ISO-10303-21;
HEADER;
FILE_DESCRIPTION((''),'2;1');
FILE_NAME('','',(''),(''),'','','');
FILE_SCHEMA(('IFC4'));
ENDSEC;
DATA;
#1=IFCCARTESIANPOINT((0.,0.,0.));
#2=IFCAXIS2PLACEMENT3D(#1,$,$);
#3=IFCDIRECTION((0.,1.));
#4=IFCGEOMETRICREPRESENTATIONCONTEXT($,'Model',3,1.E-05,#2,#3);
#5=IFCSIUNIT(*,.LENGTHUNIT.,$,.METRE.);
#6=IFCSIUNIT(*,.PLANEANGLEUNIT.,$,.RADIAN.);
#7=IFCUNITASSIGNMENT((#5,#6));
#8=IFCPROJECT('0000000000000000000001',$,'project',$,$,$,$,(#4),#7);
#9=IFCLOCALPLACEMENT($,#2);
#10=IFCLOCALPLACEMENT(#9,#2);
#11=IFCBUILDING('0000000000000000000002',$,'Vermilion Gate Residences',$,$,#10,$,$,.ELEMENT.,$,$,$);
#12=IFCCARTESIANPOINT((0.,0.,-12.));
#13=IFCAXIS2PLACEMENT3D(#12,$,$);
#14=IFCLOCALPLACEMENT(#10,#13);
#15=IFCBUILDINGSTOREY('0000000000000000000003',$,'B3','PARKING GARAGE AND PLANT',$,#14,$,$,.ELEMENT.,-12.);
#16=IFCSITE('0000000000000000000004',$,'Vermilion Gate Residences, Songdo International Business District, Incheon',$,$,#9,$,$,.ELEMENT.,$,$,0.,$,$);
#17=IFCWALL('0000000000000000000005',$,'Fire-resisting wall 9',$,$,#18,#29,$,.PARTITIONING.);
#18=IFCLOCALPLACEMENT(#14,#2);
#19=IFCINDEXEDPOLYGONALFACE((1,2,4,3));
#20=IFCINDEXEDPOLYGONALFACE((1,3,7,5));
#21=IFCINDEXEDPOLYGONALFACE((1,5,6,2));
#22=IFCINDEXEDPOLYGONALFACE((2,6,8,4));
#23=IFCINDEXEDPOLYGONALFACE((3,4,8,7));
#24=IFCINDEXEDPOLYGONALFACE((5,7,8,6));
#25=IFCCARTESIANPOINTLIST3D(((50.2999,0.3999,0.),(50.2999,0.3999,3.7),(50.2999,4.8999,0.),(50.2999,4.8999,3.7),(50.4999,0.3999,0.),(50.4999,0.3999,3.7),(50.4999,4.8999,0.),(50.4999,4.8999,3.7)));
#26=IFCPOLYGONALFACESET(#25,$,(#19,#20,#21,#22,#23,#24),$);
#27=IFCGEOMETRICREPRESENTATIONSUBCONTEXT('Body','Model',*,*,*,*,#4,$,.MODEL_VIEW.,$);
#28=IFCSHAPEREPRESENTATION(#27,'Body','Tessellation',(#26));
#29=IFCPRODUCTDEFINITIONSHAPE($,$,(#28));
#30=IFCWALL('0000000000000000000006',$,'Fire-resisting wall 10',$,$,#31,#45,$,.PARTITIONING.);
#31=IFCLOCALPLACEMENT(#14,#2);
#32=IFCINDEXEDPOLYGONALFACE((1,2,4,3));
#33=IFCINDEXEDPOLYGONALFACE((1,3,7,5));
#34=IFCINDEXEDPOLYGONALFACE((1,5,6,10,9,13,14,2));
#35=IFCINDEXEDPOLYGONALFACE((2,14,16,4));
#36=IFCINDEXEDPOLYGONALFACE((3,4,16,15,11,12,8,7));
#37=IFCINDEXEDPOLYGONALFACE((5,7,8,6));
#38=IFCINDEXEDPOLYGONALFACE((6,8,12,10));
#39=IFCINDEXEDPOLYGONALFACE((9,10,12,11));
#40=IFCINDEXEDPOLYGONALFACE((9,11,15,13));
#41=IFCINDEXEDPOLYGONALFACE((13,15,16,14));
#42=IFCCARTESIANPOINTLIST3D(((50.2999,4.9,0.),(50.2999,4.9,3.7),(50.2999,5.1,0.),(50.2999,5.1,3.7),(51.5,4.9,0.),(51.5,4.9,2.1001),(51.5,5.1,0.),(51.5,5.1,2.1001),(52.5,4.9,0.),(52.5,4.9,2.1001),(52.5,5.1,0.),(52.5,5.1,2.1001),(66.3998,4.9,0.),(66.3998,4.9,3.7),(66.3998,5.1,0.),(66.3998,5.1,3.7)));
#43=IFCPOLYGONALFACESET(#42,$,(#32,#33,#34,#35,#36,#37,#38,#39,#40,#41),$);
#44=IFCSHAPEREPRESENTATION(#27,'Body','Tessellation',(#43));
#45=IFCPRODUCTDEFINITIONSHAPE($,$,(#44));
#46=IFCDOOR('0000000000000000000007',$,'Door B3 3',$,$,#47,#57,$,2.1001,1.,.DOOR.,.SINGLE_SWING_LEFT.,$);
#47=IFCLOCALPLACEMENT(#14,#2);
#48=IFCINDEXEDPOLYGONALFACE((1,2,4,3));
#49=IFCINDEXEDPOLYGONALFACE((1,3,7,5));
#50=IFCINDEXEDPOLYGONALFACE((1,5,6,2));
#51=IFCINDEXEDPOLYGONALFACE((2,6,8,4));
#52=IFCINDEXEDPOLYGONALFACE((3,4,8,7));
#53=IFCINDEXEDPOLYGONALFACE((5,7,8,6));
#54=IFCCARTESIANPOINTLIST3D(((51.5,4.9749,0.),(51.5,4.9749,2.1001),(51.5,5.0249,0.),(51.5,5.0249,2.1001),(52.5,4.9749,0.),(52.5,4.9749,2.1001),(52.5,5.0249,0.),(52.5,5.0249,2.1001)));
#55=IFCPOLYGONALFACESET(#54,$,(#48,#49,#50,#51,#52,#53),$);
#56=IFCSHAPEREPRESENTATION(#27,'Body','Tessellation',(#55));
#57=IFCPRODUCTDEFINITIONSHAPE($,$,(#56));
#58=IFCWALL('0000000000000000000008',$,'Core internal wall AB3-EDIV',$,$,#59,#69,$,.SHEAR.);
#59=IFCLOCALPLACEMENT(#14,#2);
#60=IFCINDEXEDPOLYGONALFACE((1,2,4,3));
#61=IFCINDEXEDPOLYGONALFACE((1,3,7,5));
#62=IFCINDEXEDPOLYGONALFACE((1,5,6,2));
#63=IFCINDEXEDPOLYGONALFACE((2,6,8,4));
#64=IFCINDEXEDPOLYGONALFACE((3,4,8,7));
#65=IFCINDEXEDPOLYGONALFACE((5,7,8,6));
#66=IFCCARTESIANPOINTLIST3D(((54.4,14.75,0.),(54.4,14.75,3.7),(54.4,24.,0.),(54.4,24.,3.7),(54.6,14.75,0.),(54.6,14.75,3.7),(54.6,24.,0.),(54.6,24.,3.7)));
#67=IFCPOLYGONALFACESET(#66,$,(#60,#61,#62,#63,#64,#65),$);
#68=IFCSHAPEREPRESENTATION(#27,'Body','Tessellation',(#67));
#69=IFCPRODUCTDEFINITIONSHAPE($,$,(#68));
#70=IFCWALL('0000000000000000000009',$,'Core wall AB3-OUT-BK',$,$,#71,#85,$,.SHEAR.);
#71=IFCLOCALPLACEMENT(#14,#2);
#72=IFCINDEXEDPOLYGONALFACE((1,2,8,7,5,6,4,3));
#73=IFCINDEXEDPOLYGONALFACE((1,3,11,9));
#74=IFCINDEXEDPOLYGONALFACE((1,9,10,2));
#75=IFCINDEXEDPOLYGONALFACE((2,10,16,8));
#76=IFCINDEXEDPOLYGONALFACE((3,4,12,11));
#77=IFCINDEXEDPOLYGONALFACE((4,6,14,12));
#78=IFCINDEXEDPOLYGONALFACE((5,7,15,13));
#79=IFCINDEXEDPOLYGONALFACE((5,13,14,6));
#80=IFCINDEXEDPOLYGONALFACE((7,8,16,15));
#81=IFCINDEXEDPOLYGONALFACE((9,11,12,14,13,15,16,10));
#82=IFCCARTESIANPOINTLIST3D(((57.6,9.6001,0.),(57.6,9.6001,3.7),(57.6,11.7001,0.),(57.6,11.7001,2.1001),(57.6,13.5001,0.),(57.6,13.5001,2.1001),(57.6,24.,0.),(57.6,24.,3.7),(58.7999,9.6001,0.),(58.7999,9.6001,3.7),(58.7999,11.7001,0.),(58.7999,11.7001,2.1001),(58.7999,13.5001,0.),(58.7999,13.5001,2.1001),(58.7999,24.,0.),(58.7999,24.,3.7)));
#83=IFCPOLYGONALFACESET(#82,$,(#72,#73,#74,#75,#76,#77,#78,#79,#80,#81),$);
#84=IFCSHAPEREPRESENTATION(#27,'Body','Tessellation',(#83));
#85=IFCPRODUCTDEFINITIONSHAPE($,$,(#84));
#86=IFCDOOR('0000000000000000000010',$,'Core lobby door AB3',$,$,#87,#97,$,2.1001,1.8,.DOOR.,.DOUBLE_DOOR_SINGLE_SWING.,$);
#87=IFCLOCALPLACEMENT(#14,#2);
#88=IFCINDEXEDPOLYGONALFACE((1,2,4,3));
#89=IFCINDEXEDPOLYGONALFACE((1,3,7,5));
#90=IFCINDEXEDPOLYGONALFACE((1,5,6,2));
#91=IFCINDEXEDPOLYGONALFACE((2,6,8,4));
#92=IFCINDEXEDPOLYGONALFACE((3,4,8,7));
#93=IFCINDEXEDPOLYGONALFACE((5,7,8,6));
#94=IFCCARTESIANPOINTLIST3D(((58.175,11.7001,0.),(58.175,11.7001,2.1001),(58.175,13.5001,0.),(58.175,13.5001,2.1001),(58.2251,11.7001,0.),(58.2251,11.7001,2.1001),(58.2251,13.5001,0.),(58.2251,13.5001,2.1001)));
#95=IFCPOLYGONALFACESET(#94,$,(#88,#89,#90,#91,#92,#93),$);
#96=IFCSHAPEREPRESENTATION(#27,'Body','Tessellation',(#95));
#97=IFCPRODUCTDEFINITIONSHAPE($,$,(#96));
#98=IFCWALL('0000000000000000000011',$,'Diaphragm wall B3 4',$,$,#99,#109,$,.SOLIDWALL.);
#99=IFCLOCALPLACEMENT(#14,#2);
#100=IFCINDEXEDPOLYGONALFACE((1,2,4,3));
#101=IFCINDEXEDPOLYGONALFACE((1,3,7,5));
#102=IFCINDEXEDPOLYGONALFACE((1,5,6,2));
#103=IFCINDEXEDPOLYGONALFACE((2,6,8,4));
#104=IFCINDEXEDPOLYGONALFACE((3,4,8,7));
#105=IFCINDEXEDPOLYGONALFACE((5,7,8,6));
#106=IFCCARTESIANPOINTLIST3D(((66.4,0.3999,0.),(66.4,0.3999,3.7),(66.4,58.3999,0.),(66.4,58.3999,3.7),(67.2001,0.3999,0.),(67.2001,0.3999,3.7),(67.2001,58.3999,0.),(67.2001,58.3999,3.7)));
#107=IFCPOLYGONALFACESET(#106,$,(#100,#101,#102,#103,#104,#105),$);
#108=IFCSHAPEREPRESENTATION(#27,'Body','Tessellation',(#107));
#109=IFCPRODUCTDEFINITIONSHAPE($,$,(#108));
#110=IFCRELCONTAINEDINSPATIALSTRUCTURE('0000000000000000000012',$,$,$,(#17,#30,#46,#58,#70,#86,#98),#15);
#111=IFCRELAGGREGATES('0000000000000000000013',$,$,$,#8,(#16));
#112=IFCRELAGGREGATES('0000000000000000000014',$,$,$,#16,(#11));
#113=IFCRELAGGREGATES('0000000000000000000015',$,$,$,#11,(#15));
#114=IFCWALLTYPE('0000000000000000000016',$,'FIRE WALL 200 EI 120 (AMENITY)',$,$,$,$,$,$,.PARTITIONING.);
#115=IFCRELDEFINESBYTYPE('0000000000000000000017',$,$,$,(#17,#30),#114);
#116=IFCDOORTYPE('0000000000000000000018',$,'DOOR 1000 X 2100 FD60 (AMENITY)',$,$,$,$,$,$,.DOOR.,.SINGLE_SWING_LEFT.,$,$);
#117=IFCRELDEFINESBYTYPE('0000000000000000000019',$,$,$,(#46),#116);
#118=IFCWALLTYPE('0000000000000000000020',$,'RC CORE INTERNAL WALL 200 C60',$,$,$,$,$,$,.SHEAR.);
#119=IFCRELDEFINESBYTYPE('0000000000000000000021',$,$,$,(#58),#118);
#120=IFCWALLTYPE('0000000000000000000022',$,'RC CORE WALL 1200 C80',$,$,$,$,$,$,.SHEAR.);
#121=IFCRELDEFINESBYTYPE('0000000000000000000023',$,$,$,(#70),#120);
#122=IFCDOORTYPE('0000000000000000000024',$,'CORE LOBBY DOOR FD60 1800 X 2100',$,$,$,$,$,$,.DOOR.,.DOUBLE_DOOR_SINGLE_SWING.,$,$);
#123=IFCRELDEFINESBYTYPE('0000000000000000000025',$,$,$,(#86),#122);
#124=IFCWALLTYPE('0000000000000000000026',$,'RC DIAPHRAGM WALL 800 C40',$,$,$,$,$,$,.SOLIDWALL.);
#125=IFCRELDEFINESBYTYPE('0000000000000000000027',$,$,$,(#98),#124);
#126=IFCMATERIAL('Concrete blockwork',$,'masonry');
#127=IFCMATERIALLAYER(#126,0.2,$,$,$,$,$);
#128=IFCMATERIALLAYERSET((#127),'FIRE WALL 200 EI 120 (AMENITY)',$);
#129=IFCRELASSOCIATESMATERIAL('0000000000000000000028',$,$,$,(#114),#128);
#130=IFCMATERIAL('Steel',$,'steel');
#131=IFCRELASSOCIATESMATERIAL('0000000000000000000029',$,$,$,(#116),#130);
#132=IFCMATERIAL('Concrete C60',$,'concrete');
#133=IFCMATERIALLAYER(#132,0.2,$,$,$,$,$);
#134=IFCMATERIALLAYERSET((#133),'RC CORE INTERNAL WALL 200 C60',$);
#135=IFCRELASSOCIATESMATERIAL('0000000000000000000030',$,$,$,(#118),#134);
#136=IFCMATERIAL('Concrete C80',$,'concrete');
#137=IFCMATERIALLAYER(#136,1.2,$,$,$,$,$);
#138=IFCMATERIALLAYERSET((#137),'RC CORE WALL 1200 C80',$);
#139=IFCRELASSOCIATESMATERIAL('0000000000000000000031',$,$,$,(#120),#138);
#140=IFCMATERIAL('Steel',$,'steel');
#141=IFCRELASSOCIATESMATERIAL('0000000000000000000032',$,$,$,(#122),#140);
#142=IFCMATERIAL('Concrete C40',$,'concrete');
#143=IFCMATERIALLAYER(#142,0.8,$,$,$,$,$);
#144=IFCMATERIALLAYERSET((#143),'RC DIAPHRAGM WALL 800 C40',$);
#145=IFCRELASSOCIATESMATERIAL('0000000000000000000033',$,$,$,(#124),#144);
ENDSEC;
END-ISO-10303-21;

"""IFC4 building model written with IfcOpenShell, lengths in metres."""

from ifc_helpers import new_model, si_unit, direction, frame, frame_2d, origin, place, context, subcontext, project, spatial, rectangle, extrude, material, layer, layer_set, type_object, element, fill, save


model = new_model("IFC4")

# Units and contexts
model_context = context("Model", 3, precision=1e-05, world=origin(), true_north=direction((0.0, 1.0)))
body_context = subcontext(model_context, "Body", "Model", "MODEL_VIEW")
ifc_project = project(units=[si_unit("LENGTHUNIT", "METRE"), si_unit("PLANEANGLEUNIT", "RADIAN")], contexts=[model_context])

# Site, building, storey
site_placement = place(None, origin())
site = spatial("IfcSite", under=ifc_project, at=site_placement, Name="Vermilion Gate Residences, Songdo International Business District, Incheon", CompositionType="ELEMENT", RefElevation=0.0)
building_placement = place(site_placement, origin())
building = spatial("IfcBuilding", under=site, at=building_placement, Name="Vermilion Gate Residences", CompositionType="ELEMENT")
storey_placement = place(building_placement, frame((0.0, 0.0, -12.0)))
storey = spatial("IfcBuildingStorey", under=building, at=storey_placement, Name="B3", Description="PARKING GARAGE AND PLANT", CompositionType="ELEMENT", Elevation=-12.0)

# Wall
ifc_material_1 = material(Name="Concrete blockwork", Category="masonry")
ifc_layer_1 = layer(ifc_material_1, 0.2)
ifc_layer_set_1 = layer_set([ifc_layer_1], Name="FIRE WALL 200 EI 120 (AMENITY)")
wall_type_1 = type_object("IfcWallType", Name="FIRE WALL 200 EI 120 (AMENITY)", PredefinedType="PARTITIONING", material=ifc_layer_set_1)
wall_1_placement = place(storey_placement, frame((50.3999, 0.3999, 0.0), z_axis=(0.0, 0.0, 1.0), x_axis=(0.0, 1.0, 0.0)))
element("IfcWall", 1, at=wall_1_placement, inside=storey, type_object=wall_type_1, Name="Fire-resisting wall 9", PredefinedType="PARTITIONING", context=body_context, shape_type="SweptSolid", body=[
    extrude(rectangle(XDim=4.5, YDim=0.2, at=frame_2d((2.25, 0.0))), origin(), (0.0, 0.0, 1.0), 3.7),
])

# Wall, opening, door
wall_2_placement = place(storey_placement, frame((50.3, 5.0, 0.0), z_axis=(0.0, 0.0, 1.0), x_axis=(1.0, 0.0, 0.0)))
wall_2 = element("IfcWall", 2, at=wall_2_placement, inside=storey, type_object=wall_type_1, Name="Fire-resisting wall 10", PredefinedType="PARTITIONING", context=body_context, shape_type="SweptSolid", body=[
    extrude(rectangle(XDim=16.0999, YDim=0.2, at=frame_2d((8.0498, 0.0))), origin(), (0.0, 0.0, 1.0), 3.7),
])
opening_1_placement = place(wall_2_placement, frame((1.2, 0.0, 0.0)))
opening_1 = element("IfcOpeningElement", 3, at=opening_1_placement, cuts=wall_2, PredefinedType="OPENING", context=body_context, shape_type="SweptSolid", body=[
    extrude(rectangle(XDim=1.0, YDim=2.1001, at=frame_2d((0.5, 1.05))), frame((0.0, 0.1099, 0.0), z_axis=(0.0, -1.0, 0.0), x_axis=(1.0, 0.0, 0.0)), (0.0, 0.0, 1.0), 0.22),
])
ifc_material_2 = material(Name="Steel", Category="steel")
door_type_1 = type_object("IfcDoorType", Name="DOOR 1000 X 2100 FD60 (AMENITY)", OperationType="SINGLE_SWING_LEFT", PredefinedType="DOOR", material=ifc_material_2)
door_1_placement = place(opening_1_placement, origin())
door_1 = element("IfcDoor", 4, at=door_1_placement, inside=storey, type_object=door_type_1, Name="Door B3 3", OperationType="SINGLE_SWING_LEFT", OverallHeight=2.1001, OverallWidth=1.0, PredefinedType="DOOR", context=body_context, shape_type="SweptSolid", body=[
    extrude(rectangle(XDim=1.0, YDim=2.1001, at=frame_2d((0.5, 1.05))), frame((0.0, 0.0249, 0.0), z_axis=(0.0, -1.0, 0.0), x_axis=(1.0, 0.0, 0.0)), (0.0, 0.0, 1.0), 0.05),
])
fill(opening_1, door_1)

# Wall
ifc_material_3 = material(Name="Concrete C60", Category="concrete")
ifc_layer_2 = layer(ifc_material_3, 0.2)
ifc_layer_set_2 = layer_set([ifc_layer_2], Name="RC CORE INTERNAL WALL 200 C60")
wall_type_2 = type_object("IfcWallType", Name="RC CORE INTERNAL WALL 200 C60", PredefinedType="SHEAR", material=ifc_layer_set_2)
wall_3_placement = place(storey_placement, frame((54.5, 14.75, 0.0), z_axis=(0.0, 0.0, 1.0), x_axis=(0.0, 1.0, 0.0)))
element("IfcWall", 5, at=wall_3_placement, inside=storey, type_object=wall_type_2, Name="Core internal wall AB3-EDIV", PredefinedType="SHEAR", context=body_context, shape_type="SweptSolid", body=[
    extrude(rectangle(XDim=9.25, YDim=0.2, at=frame_2d((4.625, 0.0))), origin(), (0.0, 0.0, 1.0), 3.7),
])

# Wall, opening, door
ifc_material_4 = material(Name="Concrete C80", Category="concrete")
ifc_layer_3 = layer(ifc_material_4, 1.2)
ifc_layer_set_3 = layer_set([ifc_layer_3], Name="RC CORE WALL 1200 C80")
wall_type_3 = type_object("IfcWallType", Name="RC CORE WALL 1200 C80", PredefinedType="SHEAR", material=ifc_layer_set_3)
wall_4_placement = place(storey_placement, frame((58.2, 9.6001, 0.0), z_axis=(0.0, 0.0, 1.0), x_axis=(0.0, 1.0, 0.0)))
wall_4 = element("IfcWall", 6, at=wall_4_placement, inside=storey, type_object=wall_type_3, Name="Core wall AB3-OUT-BK", PredefinedType="SHEAR", context=body_context, shape_type="SweptSolid", body=[
    extrude(rectangle(XDim=14.3999, YDim=1.2, at=frame_2d((7.2, 0.0))), origin(), (0.0, 0.0, 1.0), 3.7),
])
opening_2_placement = place(wall_4_placement, frame((2.1001, 0.0, 0.0)))
opening_2 = element("IfcOpeningElement", 7, at=opening_2_placement, cuts=wall_4, PredefinedType="OPENING", context=body_context, shape_type="SweptSolid", body=[
    extrude(rectangle(XDim=1.8, YDim=2.1001, at=frame_2d((0.8999, 1.05))), frame((0.0, 0.6099, 0.0), z_axis=(0.0, -1.0, 0.0), x_axis=(1.0, 0.0, 0.0)), (0.0, 0.0, 1.0), 1.22),
])
ifc_material_5 = material(Name="Steel", Category="steel")
door_type_2 = type_object("IfcDoorType", Name="CORE LOBBY DOOR FD60 1800 X 2100", OperationType="DOUBLE_DOOR_SINGLE_SWING", PredefinedType="DOOR", material=ifc_material_5)
door_2_placement = place(opening_2_placement, origin())
door_2 = element("IfcDoor", 8, at=door_2_placement, inside=storey, type_object=door_type_2, Name="Core lobby door AB3", OperationType="DOUBLE_DOOR_SINGLE_SWING", OverallHeight=2.1001, OverallWidth=1.8, PredefinedType="DOOR", context=body_context, shape_type="SweptSolid", body=[
    extrude(rectangle(XDim=1.8, YDim=2.1001, at=frame_2d((0.8999, 1.05))), frame((0.0, 0.0249, 0.0), z_axis=(0.0, -1.0, 0.0), x_axis=(1.0, 0.0, 0.0)), (0.0, 0.0, 1.0), 0.05),
])
fill(opening_2, door_2)

# Wall
ifc_material_6 = material(Name="Concrete C40", Category="concrete")
ifc_layer_4 = layer(ifc_material_6, 0.8)
ifc_layer_set_4 = layer_set([ifc_layer_4], Name="RC DIAPHRAGM WALL 800 C40")
wall_type_4 = type_object("IfcWallType", Name="RC DIAPHRAGM WALL 800 C40", PredefinedType="SOLIDWALL", material=ifc_layer_set_4)
wall_5_placement = place(storey_placement, frame((66.8, 0.3999, 0.0), z_axis=(0.0, 0.0, 1.0), x_axis=(0.0, 1.0, 0.0)))
element("IfcWall", 9, at=wall_5_placement, inside=storey, type_object=wall_type_4, Name="Diaphragm wall B3 4", PredefinedType="SOLIDWALL", context=body_context, shape_type="SweptSolid", body=[
    extrude(rectangle(XDim=58.0, YDim=0.8, at=frame_2d((29.0, 0.0))), origin(), (0.0, 0.0, 1.0), 3.7),
])

save(model, "model.ifc")
